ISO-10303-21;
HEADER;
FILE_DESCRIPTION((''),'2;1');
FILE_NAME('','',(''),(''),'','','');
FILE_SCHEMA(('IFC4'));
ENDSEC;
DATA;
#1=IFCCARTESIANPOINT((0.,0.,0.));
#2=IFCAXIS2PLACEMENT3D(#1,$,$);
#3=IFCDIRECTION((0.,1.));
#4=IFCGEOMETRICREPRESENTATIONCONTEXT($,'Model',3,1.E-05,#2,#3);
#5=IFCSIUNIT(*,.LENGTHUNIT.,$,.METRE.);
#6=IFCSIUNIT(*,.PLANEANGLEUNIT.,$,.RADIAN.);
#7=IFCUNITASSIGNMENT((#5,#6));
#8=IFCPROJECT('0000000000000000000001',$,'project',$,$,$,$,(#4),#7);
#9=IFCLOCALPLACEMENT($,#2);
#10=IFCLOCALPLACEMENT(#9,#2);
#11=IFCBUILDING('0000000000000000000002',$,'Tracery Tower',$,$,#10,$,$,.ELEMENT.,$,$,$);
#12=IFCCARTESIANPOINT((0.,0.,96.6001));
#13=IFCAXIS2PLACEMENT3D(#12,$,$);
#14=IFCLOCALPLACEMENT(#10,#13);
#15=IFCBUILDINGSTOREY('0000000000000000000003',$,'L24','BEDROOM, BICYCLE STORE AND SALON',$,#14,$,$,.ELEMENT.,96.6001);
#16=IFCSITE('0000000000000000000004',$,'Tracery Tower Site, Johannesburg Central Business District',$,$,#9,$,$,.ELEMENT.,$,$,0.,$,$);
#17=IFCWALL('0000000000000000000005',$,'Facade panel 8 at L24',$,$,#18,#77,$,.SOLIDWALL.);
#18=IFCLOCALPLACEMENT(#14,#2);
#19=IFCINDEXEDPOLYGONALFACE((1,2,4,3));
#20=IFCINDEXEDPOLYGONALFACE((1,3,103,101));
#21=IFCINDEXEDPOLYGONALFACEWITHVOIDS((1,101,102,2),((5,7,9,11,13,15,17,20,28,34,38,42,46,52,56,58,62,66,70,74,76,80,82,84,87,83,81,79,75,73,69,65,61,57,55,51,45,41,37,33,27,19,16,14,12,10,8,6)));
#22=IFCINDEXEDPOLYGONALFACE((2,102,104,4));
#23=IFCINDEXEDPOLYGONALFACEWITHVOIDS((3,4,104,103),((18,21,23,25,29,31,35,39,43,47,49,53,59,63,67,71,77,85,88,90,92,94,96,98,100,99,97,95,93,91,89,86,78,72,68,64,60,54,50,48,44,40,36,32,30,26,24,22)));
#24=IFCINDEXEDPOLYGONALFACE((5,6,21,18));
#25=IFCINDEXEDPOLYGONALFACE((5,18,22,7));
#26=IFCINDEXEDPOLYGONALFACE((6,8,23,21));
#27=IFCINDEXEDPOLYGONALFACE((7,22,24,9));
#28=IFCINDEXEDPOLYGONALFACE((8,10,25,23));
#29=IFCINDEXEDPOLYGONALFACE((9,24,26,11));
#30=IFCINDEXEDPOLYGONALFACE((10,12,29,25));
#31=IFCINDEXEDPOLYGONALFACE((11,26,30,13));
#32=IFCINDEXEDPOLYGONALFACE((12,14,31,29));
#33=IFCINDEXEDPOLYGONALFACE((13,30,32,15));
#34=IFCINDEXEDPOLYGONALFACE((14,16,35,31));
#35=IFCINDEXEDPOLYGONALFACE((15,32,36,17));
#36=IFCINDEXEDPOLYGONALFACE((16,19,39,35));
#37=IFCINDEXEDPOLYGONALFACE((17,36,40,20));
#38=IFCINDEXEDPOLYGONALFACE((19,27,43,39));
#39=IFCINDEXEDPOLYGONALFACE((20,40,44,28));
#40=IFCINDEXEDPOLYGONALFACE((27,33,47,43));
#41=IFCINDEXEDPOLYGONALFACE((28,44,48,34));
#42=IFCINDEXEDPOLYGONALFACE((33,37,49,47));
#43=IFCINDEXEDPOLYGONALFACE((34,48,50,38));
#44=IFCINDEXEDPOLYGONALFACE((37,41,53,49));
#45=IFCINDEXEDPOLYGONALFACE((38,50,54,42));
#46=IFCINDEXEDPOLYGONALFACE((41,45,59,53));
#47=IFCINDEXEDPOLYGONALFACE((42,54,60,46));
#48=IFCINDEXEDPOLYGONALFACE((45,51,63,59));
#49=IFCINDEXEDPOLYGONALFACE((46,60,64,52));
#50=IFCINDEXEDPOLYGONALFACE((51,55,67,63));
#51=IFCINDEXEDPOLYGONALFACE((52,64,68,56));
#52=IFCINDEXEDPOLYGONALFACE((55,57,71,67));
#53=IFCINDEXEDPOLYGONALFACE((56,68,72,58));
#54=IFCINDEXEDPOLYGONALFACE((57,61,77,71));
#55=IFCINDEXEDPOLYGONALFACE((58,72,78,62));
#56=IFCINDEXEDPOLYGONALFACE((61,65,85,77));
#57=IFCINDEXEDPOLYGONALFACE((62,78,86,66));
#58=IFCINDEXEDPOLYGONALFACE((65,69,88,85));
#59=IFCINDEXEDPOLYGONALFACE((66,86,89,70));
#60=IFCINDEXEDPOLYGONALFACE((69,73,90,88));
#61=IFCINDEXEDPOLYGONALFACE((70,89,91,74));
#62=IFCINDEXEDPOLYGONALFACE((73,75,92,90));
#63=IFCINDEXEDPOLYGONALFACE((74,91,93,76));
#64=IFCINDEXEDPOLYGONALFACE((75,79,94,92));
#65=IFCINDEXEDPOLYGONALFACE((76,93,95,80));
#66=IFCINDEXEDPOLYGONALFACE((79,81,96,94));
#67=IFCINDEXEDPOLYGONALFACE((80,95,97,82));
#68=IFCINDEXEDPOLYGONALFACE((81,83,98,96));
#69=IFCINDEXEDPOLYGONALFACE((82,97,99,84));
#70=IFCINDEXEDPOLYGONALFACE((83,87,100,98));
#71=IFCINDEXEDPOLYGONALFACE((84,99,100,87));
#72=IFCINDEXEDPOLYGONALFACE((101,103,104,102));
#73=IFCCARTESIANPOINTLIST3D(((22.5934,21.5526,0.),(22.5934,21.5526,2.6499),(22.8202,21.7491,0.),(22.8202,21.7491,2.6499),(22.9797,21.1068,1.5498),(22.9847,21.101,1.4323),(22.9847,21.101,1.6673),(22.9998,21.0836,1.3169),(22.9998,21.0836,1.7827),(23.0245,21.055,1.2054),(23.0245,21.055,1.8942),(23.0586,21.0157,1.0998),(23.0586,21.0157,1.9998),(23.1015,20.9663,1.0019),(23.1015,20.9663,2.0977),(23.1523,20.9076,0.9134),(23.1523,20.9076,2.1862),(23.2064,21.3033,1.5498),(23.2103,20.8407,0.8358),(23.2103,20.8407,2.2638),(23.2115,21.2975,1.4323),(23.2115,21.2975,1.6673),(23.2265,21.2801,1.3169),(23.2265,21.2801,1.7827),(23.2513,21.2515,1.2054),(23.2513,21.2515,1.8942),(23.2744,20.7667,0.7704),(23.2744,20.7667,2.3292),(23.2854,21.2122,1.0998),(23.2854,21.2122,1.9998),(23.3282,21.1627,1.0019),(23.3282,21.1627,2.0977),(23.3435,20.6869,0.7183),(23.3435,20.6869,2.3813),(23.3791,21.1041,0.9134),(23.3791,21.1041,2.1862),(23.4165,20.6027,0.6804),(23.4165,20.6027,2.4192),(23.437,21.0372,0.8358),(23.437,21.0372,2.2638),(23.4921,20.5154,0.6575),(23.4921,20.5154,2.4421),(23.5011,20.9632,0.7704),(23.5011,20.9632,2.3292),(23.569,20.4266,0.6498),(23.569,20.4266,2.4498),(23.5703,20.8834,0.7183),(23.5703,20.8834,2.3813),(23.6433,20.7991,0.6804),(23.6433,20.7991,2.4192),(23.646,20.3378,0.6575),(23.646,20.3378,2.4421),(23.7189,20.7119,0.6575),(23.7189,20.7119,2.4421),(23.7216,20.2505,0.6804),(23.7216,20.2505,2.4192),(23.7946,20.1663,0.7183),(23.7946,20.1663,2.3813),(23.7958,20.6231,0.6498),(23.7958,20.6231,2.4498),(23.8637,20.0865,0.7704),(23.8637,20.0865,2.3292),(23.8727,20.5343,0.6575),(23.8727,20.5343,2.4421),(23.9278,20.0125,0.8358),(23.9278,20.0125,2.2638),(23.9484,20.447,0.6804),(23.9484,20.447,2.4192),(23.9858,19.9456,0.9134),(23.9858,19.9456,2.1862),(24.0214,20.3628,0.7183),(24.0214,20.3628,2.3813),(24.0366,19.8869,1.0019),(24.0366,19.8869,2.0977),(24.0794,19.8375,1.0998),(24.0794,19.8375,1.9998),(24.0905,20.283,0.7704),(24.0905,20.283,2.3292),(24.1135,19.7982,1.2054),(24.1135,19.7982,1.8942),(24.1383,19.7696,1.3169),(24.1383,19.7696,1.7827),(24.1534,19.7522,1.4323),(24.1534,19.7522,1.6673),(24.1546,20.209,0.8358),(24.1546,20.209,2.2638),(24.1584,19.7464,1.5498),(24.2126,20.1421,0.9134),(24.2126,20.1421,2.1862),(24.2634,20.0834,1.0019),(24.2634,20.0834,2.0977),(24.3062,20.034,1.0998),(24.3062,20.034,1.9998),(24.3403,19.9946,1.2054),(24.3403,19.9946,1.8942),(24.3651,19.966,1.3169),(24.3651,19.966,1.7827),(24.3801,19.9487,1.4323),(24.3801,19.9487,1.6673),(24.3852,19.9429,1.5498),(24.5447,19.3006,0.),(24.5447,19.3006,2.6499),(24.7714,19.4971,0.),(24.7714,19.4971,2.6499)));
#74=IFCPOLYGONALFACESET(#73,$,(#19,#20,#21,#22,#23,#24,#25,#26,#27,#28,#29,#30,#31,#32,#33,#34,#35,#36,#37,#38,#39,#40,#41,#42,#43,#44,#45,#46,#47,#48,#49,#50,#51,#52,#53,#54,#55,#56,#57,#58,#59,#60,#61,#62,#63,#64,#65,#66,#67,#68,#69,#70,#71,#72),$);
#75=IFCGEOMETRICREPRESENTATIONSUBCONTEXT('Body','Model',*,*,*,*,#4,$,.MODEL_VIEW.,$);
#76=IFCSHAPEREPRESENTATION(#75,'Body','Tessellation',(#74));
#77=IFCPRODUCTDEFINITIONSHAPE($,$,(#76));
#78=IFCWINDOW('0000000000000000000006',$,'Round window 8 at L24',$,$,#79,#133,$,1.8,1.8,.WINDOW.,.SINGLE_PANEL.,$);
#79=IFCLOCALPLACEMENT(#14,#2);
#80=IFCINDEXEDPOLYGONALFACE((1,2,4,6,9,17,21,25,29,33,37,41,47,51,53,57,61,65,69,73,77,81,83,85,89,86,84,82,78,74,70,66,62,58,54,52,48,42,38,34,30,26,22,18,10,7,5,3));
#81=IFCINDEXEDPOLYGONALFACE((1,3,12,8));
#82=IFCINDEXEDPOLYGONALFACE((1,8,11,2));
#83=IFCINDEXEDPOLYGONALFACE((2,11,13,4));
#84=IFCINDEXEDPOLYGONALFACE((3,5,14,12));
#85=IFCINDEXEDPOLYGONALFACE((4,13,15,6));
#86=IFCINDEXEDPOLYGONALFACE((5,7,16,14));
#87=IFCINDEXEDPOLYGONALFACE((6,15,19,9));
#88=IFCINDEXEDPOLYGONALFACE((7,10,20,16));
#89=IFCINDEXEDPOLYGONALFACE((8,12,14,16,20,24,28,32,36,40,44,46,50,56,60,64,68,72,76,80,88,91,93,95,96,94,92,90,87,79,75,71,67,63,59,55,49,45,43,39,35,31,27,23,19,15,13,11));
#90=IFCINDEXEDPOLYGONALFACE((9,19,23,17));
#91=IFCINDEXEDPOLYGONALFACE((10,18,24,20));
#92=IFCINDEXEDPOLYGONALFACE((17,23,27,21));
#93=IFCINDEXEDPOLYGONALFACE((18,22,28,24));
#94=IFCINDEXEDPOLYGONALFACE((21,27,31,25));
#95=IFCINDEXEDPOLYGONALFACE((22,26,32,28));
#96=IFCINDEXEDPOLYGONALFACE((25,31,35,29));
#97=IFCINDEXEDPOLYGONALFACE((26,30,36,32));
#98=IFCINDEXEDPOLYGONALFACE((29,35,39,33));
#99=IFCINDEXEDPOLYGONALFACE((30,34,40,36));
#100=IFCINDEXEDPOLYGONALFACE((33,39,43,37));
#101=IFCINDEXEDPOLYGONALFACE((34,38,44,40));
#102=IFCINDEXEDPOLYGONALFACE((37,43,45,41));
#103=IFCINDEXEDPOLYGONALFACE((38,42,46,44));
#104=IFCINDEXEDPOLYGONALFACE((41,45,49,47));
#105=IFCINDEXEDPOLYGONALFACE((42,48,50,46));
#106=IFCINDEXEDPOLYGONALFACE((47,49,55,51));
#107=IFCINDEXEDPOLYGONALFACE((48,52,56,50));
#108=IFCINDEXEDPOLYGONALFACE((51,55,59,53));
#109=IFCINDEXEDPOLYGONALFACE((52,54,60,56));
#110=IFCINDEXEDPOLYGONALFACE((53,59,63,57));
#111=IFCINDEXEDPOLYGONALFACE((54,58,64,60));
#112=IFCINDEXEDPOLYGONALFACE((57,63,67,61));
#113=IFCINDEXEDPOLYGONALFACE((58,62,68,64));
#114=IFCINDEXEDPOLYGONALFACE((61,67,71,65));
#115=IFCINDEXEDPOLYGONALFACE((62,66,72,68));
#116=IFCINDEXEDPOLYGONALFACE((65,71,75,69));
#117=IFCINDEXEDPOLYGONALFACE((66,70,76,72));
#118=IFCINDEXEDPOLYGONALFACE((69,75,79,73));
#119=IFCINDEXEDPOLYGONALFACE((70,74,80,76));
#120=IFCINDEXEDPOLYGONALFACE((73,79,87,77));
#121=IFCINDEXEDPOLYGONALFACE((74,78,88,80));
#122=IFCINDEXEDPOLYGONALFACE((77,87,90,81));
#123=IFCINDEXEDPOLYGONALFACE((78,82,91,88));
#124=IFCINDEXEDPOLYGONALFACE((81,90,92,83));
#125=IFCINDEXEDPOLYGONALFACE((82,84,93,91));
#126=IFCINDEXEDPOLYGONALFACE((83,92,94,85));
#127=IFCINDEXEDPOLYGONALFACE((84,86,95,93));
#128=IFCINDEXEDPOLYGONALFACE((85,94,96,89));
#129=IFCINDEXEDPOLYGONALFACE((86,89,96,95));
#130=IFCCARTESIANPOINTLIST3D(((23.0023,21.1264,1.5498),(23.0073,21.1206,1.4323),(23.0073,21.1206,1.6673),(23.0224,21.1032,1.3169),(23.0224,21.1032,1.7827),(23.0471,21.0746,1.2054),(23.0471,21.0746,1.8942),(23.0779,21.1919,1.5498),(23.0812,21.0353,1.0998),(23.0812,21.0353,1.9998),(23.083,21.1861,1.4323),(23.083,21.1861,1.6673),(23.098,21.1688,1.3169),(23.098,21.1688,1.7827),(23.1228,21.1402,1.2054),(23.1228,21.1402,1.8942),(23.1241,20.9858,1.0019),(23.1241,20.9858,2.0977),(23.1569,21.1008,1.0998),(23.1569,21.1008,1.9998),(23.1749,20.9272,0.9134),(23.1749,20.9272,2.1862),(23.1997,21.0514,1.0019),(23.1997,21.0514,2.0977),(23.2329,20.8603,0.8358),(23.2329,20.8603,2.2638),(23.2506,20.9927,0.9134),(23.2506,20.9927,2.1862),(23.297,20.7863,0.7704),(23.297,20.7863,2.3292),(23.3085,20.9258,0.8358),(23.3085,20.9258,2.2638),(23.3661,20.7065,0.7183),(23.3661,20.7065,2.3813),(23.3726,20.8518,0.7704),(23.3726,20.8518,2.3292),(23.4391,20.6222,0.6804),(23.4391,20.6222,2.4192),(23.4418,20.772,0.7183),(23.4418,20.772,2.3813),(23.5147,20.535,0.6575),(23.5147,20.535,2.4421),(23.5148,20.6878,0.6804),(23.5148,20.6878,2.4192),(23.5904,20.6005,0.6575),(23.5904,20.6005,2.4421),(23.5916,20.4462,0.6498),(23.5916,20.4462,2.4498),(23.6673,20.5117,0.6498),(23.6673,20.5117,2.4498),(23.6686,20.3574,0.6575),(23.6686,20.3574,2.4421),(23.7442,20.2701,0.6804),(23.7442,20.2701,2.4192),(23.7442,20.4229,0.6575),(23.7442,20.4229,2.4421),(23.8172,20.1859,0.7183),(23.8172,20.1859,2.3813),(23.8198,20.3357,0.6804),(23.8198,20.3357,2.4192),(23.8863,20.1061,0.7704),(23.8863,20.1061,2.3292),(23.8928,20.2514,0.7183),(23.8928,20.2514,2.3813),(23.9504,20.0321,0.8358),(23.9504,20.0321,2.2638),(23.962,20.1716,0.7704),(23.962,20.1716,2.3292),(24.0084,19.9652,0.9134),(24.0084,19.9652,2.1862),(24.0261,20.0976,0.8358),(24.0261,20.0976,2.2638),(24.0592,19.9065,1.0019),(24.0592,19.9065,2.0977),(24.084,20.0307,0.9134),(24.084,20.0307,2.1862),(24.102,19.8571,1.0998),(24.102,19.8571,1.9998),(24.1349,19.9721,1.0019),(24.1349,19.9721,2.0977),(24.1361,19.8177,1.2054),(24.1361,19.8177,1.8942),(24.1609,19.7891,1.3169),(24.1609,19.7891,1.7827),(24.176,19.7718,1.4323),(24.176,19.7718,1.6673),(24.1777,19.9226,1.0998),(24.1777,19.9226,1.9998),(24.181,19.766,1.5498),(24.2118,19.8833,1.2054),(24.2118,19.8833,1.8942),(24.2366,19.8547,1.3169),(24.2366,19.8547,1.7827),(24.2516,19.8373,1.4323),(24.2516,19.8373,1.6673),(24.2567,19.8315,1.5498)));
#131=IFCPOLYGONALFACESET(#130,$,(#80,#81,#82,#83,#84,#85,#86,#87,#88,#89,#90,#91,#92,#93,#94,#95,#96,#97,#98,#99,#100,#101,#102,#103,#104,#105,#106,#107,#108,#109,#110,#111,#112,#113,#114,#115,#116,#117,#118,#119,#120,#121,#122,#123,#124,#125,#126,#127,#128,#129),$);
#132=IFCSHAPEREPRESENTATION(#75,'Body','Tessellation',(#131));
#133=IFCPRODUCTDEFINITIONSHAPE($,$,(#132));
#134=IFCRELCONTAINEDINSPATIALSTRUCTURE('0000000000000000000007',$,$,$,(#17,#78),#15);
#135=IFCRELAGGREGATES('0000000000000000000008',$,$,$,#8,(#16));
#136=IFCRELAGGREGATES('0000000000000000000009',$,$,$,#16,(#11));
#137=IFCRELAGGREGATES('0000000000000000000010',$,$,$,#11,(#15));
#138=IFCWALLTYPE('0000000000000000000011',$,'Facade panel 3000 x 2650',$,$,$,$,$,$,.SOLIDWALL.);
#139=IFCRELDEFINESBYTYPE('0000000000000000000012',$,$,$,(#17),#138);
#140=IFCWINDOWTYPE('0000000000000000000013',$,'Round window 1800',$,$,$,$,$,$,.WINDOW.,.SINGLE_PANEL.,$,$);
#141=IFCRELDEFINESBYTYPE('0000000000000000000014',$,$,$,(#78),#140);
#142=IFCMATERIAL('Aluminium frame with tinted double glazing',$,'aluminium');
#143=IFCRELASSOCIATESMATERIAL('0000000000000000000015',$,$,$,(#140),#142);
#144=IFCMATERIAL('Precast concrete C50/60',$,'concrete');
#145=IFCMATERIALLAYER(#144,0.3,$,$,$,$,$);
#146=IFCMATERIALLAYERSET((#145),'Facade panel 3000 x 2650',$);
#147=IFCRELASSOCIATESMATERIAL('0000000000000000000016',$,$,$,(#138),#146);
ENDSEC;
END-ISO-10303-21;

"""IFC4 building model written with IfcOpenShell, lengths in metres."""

from ifc_helpers import new_model, si_unit, direction, frame, frame_2d, origin, origin_2d, place, context, subcontext, project, spatial, rectangle, circle, extrude, material, layer, layer_set, type_object, element, fill, save


model = new_model("IFC4")

# Units and contexts
model_context = context("Model", 3, precision=1e-05, world=origin(), true_north=direction((0.0, 1.0)))
body_context = subcontext(model_context, "Body", "Model", "MODEL_VIEW")
ifc_project = project(units=[si_unit("LENGTHUNIT", "METRE"), si_unit("PLANEANGLEUNIT", "RADIAN")], contexts=[model_context])

# Site, building, storey
site_placement = place(None, origin())
site = spatial("IfcSite", under=ifc_project, at=site_placement, Name="Tracery Tower Site, Johannesburg Central Business District", CompositionType="ELEMENT", RefElevation=0.0)
building_placement = place(site_placement, origin())
building = spatial("IfcBuilding", under=site, at=building_placement, Name="Tracery Tower", CompositionType="ELEMENT")
storey_placement = place(building_placement, frame((0.0, 0.0, 96.6001)))
storey = spatial("IfcBuildingStorey", under=building, at=storey_placement, Name="L24", Description="BEDROOM, BICYCLE STORE AND SALON", CompositionType="ELEMENT", Elevation=96.6001)

# Wall, opening, window
ifc_material_1 = material(Name="Aluminium frame with tinted double glazing", Category="aluminium")
window_type = type_object("IfcWindowType", Name="Round window 1800", PartitioningType="SINGLE_PANEL", PredefinedType="WINDOW", material=ifc_material_1)
ifc_material_2 = material(Name="Precast concrete C50/60", Category="concrete")
ifc_layer_1 = layer(ifc_material_2, 0.3)
ifc_layer_set_1 = layer_set([ifc_layer_1], Name="Facade panel 3000 x 2650")
wall_type_1 = type_object("IfcWallType", Name="Facade panel 3000 x 2650", PredefinedType="SOLIDWALL", material=ifc_layer_set_1)
wall_1_placement = place(storey_placement, frame((24.658, 19.3989, 0.0), z_axis=(0.0, 0.0, 1.0), x_axis=(-0.654831, 0.755776, 0.0)))
wall_1 = element("IfcWall", 1, at=wall_1_placement, inside=storey, type_object=wall_type_1, Name="Facade panel 8 at L24", PredefinedType="SOLIDWALL", context=body_context, shape_type="SweptSolid", body=[
    extrude(rectangle(XDim=2.9797, YDim=0.3, at=frame_2d((1.4897, 0.0))), origin(), (0.0, 0.0, 1.0), 2.6499),
])
opening_1_placement = place(wall_1_placement, frame((1.4897, 0.0, 1.5498)))
opening_1 = element("IfcOpeningElement", 2, at=opening_1_placement, cuts=wall_1, PredefinedType="OPENING", context=body_context, shape_type="SweptSolid", body=[
    extrude(circle(Radius=0.9, at=origin_2d()), frame((0.0, 0.1599, 0.0), z_axis=(0.0, -1.0, 0.0), x_axis=(1.0, 0.0, 0.0)), (0.0, 0.0, 1.0), 0.3201),
])
window_1_placement = place(opening_1_placement, origin())
window_1 = element("IfcWindow", 3, at=window_1_placement, inside=storey, type_object=window_type, Name="Round window 8 at L24", OverallHeight=1.8, OverallWidth=1.8, PartitioningType="SINGLE_PANEL", PredefinedType="WINDOW", context=body_context, shape_type="SweptSolid", body=[
    extrude(circle(Radius=0.9, at=origin_2d()), frame((0.0, 0.1201, 0.0), z_axis=(0.0, -1.0, 0.0), x_axis=(1.0, 0.0, 0.0)), (0.0, 0.0, 1.0), 0.1001),
])
fill(opening_1, window_1)

save(model, "model.ifc")
